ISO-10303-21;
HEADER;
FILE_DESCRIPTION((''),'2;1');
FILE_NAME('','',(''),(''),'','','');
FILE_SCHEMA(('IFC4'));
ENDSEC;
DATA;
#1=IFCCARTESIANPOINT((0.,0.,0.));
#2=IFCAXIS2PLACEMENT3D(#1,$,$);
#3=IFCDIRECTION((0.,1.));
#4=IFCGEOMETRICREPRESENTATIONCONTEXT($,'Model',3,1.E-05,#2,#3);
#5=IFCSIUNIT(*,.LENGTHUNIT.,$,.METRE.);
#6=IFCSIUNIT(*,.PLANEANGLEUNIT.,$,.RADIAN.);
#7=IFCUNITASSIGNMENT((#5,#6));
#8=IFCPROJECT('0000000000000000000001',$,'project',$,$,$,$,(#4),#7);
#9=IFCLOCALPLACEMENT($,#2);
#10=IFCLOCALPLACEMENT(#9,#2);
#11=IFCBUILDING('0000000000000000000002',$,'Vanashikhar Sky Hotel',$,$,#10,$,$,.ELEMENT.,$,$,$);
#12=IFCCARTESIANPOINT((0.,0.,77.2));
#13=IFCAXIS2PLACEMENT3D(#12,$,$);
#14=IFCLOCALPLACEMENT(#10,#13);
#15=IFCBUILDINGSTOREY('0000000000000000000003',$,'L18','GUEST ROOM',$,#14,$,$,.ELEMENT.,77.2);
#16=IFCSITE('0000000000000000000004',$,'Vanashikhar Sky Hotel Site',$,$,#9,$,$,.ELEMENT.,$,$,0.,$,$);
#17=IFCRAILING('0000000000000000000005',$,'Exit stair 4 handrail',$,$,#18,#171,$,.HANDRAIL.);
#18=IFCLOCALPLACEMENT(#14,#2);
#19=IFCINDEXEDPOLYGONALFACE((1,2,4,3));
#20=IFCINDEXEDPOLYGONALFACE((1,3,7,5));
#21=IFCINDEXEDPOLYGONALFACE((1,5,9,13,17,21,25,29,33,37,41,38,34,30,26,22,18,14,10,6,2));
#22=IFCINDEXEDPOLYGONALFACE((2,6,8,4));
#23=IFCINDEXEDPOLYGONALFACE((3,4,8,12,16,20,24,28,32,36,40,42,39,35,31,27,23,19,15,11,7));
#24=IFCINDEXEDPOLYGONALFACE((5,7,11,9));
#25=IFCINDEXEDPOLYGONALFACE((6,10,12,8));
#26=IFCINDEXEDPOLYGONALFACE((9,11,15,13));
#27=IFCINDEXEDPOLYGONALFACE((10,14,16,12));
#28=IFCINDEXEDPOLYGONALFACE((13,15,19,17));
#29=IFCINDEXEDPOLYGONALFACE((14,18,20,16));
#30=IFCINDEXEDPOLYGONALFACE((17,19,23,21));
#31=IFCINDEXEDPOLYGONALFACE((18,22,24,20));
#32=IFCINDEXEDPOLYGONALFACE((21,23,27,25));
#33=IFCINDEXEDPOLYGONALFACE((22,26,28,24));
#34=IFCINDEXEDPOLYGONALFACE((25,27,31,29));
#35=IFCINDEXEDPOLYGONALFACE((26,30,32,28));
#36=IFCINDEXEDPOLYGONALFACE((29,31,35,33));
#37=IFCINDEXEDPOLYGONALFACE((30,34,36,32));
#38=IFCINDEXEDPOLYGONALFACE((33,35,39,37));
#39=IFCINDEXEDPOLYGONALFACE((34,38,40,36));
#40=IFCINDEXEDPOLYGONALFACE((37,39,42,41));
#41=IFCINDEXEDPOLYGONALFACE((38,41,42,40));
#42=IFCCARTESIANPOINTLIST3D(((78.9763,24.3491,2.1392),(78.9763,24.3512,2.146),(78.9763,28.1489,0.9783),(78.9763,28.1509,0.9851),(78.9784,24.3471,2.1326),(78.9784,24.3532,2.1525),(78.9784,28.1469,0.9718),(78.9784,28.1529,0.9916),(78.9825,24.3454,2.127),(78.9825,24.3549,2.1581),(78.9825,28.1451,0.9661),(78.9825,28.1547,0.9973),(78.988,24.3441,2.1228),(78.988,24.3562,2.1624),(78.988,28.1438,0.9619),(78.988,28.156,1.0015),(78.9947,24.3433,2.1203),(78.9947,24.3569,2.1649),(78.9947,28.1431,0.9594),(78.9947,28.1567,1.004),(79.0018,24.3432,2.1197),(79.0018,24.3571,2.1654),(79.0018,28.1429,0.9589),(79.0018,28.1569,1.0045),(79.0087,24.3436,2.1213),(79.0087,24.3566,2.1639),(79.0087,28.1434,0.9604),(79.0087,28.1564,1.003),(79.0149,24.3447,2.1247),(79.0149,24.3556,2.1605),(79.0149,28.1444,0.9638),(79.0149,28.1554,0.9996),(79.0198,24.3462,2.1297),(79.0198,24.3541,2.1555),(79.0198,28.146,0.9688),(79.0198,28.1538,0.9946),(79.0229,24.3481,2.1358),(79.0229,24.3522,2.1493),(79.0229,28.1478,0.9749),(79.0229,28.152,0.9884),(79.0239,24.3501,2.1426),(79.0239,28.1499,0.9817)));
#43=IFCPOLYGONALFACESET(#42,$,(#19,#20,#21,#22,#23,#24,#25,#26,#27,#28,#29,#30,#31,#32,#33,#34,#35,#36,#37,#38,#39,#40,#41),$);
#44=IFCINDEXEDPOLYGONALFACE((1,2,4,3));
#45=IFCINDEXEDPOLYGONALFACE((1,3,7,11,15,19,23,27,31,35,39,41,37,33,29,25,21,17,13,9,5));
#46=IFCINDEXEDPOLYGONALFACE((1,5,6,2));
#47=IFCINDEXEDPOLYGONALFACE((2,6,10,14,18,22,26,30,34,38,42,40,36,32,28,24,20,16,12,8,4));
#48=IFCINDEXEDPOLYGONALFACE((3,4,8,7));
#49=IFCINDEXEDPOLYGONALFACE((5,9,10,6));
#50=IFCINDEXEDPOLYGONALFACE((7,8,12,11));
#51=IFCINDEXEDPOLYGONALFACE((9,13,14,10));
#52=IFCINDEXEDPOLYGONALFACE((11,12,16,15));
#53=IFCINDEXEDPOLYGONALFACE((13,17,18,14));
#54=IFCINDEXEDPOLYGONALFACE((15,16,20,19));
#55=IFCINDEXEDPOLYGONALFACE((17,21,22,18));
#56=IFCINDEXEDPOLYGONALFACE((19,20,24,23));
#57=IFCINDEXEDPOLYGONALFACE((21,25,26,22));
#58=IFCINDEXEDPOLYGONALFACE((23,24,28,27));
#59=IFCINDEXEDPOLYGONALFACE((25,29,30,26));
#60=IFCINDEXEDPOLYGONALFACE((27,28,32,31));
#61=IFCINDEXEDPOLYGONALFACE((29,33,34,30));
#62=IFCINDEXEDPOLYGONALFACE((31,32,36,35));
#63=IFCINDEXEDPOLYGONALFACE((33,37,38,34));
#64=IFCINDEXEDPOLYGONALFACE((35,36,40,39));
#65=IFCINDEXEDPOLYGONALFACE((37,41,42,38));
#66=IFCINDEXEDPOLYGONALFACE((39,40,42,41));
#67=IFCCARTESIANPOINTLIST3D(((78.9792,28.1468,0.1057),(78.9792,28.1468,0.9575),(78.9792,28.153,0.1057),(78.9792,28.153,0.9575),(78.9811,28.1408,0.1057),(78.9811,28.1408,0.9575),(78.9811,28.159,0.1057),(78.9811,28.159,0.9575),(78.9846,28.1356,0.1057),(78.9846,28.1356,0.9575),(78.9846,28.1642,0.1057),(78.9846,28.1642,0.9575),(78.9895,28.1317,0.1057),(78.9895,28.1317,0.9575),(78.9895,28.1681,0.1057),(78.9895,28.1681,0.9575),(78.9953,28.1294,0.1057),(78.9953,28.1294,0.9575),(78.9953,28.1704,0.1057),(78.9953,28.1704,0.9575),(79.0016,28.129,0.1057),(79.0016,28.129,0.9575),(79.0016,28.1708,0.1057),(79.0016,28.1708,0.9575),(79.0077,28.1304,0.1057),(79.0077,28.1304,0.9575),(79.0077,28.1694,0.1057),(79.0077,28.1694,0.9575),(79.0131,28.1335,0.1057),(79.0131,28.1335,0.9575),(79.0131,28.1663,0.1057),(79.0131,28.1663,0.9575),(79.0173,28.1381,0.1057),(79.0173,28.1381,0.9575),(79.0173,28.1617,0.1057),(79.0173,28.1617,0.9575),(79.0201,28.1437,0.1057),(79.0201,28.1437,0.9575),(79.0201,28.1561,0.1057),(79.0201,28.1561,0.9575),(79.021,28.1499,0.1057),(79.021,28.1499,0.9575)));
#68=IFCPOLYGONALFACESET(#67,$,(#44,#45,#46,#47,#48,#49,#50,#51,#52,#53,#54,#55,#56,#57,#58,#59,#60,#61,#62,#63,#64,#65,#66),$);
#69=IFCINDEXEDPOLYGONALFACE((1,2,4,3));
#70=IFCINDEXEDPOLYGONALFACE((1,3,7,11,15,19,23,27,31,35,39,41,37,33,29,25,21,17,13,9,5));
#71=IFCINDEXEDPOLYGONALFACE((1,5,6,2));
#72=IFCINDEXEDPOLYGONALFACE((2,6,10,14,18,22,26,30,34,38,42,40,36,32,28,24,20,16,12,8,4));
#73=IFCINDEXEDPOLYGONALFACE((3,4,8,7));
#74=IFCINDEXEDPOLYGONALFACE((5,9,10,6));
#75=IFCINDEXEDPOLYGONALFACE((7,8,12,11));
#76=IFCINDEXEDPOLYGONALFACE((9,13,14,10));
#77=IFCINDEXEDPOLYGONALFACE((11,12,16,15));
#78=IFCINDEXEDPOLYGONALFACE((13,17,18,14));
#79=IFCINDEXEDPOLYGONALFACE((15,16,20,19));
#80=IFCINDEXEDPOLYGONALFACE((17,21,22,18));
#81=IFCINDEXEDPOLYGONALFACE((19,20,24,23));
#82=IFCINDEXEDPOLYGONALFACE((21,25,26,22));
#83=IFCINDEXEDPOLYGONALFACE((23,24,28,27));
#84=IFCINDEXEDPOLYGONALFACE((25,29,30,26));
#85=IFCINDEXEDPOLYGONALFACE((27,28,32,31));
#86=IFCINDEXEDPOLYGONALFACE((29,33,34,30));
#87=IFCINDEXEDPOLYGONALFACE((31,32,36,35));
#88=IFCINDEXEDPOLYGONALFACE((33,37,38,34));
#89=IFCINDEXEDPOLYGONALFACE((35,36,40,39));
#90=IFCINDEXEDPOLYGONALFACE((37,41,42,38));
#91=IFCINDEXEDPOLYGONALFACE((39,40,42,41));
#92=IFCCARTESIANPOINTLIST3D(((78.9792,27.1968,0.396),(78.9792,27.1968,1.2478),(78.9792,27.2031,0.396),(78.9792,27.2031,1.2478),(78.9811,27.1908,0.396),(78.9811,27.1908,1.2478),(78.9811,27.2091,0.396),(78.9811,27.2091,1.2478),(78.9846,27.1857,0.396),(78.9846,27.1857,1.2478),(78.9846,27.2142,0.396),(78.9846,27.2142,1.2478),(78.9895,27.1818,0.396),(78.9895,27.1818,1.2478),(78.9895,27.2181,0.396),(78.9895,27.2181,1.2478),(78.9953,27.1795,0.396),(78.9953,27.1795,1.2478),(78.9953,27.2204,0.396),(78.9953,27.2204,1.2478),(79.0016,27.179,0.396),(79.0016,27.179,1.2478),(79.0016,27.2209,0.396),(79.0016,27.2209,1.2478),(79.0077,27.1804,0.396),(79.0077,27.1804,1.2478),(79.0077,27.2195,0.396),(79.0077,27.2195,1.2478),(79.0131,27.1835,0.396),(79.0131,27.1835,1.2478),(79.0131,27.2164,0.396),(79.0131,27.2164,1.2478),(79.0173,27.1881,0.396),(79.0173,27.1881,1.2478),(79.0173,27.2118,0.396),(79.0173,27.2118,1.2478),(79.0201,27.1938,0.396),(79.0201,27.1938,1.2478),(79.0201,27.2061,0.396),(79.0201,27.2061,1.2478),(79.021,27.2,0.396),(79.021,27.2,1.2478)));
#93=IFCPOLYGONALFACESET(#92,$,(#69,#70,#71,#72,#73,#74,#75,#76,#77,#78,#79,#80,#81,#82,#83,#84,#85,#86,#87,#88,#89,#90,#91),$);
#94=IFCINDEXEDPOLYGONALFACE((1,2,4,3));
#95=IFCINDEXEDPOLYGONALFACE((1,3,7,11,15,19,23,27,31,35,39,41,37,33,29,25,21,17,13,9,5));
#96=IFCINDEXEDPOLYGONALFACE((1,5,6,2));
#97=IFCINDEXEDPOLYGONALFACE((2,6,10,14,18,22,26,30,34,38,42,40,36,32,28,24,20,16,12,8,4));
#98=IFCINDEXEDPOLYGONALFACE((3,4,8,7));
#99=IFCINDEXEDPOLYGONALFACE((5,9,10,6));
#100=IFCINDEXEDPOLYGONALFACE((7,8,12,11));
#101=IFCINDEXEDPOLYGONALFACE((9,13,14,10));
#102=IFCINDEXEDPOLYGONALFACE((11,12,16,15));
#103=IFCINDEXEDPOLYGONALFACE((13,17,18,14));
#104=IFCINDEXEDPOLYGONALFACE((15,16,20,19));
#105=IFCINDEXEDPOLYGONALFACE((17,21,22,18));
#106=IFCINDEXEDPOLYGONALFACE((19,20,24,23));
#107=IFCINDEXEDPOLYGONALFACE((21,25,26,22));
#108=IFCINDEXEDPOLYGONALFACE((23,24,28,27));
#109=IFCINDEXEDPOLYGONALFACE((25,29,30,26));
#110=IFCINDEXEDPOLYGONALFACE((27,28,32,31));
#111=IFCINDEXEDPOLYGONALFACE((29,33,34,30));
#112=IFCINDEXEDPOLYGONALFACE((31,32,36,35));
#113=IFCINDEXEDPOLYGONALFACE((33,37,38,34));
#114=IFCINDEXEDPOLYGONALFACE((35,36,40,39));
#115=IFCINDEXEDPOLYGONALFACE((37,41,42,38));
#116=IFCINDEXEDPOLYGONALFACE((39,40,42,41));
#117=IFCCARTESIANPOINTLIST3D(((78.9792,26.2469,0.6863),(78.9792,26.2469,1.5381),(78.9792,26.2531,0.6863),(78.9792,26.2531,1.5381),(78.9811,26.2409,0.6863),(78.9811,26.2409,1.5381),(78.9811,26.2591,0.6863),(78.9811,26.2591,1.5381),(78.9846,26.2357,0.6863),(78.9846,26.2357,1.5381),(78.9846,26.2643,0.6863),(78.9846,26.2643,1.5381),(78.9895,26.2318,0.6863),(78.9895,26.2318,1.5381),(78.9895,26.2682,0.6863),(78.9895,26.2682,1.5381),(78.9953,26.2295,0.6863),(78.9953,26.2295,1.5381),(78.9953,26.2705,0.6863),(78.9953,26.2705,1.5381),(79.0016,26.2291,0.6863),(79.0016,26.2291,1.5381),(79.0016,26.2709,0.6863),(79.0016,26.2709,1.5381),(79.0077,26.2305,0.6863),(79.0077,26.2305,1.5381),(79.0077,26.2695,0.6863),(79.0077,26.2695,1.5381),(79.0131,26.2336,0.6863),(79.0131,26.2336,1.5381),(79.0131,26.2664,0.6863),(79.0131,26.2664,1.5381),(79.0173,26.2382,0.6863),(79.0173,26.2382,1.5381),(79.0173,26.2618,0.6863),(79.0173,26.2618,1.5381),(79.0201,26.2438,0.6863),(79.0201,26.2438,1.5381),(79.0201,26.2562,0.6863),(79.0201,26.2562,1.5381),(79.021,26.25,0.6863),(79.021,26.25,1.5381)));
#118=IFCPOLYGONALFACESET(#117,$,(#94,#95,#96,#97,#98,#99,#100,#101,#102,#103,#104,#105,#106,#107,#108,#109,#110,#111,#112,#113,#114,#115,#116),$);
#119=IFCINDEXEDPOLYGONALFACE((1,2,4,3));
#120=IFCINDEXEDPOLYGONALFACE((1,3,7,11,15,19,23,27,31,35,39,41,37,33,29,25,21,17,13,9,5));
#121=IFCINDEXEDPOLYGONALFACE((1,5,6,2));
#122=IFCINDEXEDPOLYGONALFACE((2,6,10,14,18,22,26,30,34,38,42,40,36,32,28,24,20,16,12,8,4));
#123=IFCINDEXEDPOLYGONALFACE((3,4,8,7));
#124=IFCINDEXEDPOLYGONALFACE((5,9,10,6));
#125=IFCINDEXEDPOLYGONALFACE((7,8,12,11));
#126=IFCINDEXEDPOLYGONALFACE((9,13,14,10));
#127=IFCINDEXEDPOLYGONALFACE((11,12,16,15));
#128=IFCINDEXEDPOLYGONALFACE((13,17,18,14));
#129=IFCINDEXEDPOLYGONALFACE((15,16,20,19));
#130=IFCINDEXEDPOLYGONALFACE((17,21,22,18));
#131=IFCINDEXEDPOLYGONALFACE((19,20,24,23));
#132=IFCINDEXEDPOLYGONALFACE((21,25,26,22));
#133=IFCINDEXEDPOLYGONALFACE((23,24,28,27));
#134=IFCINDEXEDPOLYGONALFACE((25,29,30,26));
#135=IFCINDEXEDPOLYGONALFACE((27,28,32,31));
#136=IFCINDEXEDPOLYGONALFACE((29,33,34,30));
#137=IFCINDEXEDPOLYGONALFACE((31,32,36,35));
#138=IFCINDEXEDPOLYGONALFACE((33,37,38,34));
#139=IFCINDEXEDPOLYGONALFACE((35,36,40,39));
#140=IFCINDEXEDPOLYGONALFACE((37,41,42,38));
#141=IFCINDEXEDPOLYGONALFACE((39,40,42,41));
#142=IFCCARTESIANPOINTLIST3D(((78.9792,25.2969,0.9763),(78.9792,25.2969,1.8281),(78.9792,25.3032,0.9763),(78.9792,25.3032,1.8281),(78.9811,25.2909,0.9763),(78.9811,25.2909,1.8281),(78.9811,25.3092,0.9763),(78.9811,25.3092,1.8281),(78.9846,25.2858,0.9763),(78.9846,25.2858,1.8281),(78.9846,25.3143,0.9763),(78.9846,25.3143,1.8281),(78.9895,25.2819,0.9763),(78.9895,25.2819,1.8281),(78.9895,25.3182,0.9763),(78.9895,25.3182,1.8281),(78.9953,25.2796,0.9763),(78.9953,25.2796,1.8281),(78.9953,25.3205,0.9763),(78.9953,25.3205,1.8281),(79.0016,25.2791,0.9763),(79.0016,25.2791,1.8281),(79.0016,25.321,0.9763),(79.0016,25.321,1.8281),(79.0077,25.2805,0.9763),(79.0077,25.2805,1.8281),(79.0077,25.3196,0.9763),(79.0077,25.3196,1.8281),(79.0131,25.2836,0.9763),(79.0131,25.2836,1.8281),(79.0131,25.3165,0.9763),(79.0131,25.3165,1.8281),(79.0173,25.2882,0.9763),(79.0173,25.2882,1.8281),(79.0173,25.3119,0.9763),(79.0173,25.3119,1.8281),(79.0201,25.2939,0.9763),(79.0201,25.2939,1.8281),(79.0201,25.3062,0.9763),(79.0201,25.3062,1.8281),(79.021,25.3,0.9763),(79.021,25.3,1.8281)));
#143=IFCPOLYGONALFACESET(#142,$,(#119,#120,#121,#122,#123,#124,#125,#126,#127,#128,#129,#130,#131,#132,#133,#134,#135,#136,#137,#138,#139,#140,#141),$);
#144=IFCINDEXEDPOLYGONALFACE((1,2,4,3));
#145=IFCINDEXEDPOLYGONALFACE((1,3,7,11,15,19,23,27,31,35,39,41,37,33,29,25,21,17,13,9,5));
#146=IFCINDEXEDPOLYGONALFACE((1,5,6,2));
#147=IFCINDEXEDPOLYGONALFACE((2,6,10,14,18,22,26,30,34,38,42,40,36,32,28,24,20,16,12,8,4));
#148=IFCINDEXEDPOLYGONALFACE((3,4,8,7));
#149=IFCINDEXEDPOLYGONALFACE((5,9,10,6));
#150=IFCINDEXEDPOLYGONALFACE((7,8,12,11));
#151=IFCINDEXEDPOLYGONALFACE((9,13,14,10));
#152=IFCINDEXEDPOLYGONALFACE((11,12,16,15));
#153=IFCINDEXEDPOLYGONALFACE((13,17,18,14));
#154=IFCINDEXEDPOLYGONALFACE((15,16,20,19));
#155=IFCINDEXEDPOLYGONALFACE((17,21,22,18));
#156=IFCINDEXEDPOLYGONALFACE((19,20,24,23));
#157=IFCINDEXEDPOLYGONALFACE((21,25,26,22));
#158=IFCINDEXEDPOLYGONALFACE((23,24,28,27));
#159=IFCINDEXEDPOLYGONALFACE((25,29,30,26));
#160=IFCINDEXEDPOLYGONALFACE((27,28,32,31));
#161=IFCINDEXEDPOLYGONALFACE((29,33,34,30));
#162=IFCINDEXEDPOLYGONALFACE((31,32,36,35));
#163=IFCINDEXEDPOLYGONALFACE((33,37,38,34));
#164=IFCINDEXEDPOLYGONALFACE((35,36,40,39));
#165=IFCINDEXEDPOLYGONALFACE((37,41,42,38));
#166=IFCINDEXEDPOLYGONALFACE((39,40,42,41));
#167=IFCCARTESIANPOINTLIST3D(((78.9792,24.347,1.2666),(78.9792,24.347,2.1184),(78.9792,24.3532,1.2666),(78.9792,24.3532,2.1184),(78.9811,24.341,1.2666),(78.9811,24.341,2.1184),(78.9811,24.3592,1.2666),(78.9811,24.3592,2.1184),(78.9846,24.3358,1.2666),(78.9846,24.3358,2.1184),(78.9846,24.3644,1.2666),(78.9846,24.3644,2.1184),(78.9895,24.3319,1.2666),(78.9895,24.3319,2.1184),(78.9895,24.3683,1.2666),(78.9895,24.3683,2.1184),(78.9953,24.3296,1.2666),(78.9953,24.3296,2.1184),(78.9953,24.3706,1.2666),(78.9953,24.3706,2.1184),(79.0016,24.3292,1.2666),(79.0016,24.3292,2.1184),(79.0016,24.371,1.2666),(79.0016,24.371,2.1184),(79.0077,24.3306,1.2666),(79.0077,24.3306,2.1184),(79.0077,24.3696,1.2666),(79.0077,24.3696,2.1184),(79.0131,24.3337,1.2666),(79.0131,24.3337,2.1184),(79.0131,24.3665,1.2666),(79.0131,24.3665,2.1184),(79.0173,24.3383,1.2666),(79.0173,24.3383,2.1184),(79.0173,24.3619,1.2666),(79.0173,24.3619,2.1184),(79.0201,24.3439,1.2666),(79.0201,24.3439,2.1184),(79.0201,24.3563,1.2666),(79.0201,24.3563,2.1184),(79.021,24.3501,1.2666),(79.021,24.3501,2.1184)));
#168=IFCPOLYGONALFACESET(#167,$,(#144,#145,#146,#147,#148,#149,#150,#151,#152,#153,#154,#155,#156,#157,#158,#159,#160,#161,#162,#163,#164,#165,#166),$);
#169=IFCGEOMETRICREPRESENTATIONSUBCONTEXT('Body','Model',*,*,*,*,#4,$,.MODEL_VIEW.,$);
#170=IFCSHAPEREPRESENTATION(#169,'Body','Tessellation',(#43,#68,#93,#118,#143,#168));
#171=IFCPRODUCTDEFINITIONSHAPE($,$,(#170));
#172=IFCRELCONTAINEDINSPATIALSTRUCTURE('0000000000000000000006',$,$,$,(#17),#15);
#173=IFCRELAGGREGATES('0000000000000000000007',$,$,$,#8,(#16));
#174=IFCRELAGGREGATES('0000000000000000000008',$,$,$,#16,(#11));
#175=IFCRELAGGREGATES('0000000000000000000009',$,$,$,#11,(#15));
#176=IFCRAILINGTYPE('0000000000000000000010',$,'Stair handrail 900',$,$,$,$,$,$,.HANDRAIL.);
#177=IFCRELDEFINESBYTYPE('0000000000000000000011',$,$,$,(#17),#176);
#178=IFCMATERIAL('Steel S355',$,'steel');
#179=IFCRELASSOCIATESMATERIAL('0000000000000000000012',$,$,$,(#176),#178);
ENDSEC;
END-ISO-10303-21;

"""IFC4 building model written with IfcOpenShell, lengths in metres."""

from ifc_helpers import new_model, si_unit, direction, frame, origin, origin_2d, place, context, subcontext, project, spatial, circle, extrude, source, transform, mapped, material, type_object, element, save


model = new_model("IFC4")

# Units and contexts
model_context = context("Model", 3, precision=1e-05, world=origin(), true_north=direction((0.0, 1.0)))
body_context = subcontext(model_context, "Body", "Model", "MODEL_VIEW")
ifc_project = project(units=[si_unit("LENGTHUNIT", "METRE"), si_unit("PLANEANGLEUNIT", "RADIAN")], contexts=[model_context])

# Site, building, storey
site_placement = place(None, origin())
site = spatial("IfcSite", under=ifc_project, at=site_placement, Name="Vanashikhar Sky Hotel Site", CompositionType="ELEMENT", RefElevation=0.0)
building_placement = place(site_placement, origin())
building = spatial("IfcBuilding", under=site, at=building_placement, Name="Vanashikhar Sky Hotel", CompositionType="ELEMENT")
storey_placement = place(building_placement, frame((0.0, 0.0, 77.2)))
storey = spatial("IfcBuildingStorey", under=building, at=storey_placement, Name="L18", Description="GUEST ROOM", CompositionType="ELEMENT", Elevation=77.2)

# Railing
ifc_material_1 = material(Name="Steel S355", Category="steel")
railing_type_1 = type_object("IfcRailingType", Name="Stair handrail 900", PredefinedType="HANDRAIL", material=ifc_material_1)
shared_shape_1 = source(origin(), body_context, "Body", "SweptSolid", [
    extrude(circle(Radius=0.0239, at=origin_2d()), frame((0.0, 0.0, 0.876), z_axis=(0.0, -0.956363, 0.292181), x_axis=(1.0, 0.0, 0.0)), (0.0, 0.0, 1.0), 3.9731),
    extrude(circle(Radius=0.021, at=origin_2d()), origin(), (0.0, 0.0, 1.0), 0.8518),
    extrude(circle(Radius=0.021, at=origin_2d()), frame((0.0, -0.95, 0.2903)), (0.0, 0.0, 1.0), 0.8518),
    extrude(circle(Radius=0.021, at=origin_2d()), frame((0.0, -1.8999, 0.5806)), (0.0, 0.0, 1.0), 0.8518),
    extrude(circle(Radius=0.021, at=origin_2d()), frame((0.0, -2.8499, 0.8706)), (0.0, 0.0, 1.0), 0.8518),
    extrude(circle(Radius=0.021, at=origin_2d()), frame((0.0, -3.7998, 1.1609)), (0.0, 0.0, 1.0), 0.8518),
])
railing_1_placement = place(storey_placement, frame((79.0, 28.1499, 0.1057)))
element("IfcRailing", 1, at=railing_1_placement, inside=storey, type_object=railing_type_1, Name="Exit stair 4 handrail", PredefinedType="HANDRAIL", context=body_context, shape_type="MappedRepresentation", body=[
    mapped(shared_shape_1, transform((0.0, 0.0, 0.0), scale=1.0)),
])

save(model, "model.ifc")
